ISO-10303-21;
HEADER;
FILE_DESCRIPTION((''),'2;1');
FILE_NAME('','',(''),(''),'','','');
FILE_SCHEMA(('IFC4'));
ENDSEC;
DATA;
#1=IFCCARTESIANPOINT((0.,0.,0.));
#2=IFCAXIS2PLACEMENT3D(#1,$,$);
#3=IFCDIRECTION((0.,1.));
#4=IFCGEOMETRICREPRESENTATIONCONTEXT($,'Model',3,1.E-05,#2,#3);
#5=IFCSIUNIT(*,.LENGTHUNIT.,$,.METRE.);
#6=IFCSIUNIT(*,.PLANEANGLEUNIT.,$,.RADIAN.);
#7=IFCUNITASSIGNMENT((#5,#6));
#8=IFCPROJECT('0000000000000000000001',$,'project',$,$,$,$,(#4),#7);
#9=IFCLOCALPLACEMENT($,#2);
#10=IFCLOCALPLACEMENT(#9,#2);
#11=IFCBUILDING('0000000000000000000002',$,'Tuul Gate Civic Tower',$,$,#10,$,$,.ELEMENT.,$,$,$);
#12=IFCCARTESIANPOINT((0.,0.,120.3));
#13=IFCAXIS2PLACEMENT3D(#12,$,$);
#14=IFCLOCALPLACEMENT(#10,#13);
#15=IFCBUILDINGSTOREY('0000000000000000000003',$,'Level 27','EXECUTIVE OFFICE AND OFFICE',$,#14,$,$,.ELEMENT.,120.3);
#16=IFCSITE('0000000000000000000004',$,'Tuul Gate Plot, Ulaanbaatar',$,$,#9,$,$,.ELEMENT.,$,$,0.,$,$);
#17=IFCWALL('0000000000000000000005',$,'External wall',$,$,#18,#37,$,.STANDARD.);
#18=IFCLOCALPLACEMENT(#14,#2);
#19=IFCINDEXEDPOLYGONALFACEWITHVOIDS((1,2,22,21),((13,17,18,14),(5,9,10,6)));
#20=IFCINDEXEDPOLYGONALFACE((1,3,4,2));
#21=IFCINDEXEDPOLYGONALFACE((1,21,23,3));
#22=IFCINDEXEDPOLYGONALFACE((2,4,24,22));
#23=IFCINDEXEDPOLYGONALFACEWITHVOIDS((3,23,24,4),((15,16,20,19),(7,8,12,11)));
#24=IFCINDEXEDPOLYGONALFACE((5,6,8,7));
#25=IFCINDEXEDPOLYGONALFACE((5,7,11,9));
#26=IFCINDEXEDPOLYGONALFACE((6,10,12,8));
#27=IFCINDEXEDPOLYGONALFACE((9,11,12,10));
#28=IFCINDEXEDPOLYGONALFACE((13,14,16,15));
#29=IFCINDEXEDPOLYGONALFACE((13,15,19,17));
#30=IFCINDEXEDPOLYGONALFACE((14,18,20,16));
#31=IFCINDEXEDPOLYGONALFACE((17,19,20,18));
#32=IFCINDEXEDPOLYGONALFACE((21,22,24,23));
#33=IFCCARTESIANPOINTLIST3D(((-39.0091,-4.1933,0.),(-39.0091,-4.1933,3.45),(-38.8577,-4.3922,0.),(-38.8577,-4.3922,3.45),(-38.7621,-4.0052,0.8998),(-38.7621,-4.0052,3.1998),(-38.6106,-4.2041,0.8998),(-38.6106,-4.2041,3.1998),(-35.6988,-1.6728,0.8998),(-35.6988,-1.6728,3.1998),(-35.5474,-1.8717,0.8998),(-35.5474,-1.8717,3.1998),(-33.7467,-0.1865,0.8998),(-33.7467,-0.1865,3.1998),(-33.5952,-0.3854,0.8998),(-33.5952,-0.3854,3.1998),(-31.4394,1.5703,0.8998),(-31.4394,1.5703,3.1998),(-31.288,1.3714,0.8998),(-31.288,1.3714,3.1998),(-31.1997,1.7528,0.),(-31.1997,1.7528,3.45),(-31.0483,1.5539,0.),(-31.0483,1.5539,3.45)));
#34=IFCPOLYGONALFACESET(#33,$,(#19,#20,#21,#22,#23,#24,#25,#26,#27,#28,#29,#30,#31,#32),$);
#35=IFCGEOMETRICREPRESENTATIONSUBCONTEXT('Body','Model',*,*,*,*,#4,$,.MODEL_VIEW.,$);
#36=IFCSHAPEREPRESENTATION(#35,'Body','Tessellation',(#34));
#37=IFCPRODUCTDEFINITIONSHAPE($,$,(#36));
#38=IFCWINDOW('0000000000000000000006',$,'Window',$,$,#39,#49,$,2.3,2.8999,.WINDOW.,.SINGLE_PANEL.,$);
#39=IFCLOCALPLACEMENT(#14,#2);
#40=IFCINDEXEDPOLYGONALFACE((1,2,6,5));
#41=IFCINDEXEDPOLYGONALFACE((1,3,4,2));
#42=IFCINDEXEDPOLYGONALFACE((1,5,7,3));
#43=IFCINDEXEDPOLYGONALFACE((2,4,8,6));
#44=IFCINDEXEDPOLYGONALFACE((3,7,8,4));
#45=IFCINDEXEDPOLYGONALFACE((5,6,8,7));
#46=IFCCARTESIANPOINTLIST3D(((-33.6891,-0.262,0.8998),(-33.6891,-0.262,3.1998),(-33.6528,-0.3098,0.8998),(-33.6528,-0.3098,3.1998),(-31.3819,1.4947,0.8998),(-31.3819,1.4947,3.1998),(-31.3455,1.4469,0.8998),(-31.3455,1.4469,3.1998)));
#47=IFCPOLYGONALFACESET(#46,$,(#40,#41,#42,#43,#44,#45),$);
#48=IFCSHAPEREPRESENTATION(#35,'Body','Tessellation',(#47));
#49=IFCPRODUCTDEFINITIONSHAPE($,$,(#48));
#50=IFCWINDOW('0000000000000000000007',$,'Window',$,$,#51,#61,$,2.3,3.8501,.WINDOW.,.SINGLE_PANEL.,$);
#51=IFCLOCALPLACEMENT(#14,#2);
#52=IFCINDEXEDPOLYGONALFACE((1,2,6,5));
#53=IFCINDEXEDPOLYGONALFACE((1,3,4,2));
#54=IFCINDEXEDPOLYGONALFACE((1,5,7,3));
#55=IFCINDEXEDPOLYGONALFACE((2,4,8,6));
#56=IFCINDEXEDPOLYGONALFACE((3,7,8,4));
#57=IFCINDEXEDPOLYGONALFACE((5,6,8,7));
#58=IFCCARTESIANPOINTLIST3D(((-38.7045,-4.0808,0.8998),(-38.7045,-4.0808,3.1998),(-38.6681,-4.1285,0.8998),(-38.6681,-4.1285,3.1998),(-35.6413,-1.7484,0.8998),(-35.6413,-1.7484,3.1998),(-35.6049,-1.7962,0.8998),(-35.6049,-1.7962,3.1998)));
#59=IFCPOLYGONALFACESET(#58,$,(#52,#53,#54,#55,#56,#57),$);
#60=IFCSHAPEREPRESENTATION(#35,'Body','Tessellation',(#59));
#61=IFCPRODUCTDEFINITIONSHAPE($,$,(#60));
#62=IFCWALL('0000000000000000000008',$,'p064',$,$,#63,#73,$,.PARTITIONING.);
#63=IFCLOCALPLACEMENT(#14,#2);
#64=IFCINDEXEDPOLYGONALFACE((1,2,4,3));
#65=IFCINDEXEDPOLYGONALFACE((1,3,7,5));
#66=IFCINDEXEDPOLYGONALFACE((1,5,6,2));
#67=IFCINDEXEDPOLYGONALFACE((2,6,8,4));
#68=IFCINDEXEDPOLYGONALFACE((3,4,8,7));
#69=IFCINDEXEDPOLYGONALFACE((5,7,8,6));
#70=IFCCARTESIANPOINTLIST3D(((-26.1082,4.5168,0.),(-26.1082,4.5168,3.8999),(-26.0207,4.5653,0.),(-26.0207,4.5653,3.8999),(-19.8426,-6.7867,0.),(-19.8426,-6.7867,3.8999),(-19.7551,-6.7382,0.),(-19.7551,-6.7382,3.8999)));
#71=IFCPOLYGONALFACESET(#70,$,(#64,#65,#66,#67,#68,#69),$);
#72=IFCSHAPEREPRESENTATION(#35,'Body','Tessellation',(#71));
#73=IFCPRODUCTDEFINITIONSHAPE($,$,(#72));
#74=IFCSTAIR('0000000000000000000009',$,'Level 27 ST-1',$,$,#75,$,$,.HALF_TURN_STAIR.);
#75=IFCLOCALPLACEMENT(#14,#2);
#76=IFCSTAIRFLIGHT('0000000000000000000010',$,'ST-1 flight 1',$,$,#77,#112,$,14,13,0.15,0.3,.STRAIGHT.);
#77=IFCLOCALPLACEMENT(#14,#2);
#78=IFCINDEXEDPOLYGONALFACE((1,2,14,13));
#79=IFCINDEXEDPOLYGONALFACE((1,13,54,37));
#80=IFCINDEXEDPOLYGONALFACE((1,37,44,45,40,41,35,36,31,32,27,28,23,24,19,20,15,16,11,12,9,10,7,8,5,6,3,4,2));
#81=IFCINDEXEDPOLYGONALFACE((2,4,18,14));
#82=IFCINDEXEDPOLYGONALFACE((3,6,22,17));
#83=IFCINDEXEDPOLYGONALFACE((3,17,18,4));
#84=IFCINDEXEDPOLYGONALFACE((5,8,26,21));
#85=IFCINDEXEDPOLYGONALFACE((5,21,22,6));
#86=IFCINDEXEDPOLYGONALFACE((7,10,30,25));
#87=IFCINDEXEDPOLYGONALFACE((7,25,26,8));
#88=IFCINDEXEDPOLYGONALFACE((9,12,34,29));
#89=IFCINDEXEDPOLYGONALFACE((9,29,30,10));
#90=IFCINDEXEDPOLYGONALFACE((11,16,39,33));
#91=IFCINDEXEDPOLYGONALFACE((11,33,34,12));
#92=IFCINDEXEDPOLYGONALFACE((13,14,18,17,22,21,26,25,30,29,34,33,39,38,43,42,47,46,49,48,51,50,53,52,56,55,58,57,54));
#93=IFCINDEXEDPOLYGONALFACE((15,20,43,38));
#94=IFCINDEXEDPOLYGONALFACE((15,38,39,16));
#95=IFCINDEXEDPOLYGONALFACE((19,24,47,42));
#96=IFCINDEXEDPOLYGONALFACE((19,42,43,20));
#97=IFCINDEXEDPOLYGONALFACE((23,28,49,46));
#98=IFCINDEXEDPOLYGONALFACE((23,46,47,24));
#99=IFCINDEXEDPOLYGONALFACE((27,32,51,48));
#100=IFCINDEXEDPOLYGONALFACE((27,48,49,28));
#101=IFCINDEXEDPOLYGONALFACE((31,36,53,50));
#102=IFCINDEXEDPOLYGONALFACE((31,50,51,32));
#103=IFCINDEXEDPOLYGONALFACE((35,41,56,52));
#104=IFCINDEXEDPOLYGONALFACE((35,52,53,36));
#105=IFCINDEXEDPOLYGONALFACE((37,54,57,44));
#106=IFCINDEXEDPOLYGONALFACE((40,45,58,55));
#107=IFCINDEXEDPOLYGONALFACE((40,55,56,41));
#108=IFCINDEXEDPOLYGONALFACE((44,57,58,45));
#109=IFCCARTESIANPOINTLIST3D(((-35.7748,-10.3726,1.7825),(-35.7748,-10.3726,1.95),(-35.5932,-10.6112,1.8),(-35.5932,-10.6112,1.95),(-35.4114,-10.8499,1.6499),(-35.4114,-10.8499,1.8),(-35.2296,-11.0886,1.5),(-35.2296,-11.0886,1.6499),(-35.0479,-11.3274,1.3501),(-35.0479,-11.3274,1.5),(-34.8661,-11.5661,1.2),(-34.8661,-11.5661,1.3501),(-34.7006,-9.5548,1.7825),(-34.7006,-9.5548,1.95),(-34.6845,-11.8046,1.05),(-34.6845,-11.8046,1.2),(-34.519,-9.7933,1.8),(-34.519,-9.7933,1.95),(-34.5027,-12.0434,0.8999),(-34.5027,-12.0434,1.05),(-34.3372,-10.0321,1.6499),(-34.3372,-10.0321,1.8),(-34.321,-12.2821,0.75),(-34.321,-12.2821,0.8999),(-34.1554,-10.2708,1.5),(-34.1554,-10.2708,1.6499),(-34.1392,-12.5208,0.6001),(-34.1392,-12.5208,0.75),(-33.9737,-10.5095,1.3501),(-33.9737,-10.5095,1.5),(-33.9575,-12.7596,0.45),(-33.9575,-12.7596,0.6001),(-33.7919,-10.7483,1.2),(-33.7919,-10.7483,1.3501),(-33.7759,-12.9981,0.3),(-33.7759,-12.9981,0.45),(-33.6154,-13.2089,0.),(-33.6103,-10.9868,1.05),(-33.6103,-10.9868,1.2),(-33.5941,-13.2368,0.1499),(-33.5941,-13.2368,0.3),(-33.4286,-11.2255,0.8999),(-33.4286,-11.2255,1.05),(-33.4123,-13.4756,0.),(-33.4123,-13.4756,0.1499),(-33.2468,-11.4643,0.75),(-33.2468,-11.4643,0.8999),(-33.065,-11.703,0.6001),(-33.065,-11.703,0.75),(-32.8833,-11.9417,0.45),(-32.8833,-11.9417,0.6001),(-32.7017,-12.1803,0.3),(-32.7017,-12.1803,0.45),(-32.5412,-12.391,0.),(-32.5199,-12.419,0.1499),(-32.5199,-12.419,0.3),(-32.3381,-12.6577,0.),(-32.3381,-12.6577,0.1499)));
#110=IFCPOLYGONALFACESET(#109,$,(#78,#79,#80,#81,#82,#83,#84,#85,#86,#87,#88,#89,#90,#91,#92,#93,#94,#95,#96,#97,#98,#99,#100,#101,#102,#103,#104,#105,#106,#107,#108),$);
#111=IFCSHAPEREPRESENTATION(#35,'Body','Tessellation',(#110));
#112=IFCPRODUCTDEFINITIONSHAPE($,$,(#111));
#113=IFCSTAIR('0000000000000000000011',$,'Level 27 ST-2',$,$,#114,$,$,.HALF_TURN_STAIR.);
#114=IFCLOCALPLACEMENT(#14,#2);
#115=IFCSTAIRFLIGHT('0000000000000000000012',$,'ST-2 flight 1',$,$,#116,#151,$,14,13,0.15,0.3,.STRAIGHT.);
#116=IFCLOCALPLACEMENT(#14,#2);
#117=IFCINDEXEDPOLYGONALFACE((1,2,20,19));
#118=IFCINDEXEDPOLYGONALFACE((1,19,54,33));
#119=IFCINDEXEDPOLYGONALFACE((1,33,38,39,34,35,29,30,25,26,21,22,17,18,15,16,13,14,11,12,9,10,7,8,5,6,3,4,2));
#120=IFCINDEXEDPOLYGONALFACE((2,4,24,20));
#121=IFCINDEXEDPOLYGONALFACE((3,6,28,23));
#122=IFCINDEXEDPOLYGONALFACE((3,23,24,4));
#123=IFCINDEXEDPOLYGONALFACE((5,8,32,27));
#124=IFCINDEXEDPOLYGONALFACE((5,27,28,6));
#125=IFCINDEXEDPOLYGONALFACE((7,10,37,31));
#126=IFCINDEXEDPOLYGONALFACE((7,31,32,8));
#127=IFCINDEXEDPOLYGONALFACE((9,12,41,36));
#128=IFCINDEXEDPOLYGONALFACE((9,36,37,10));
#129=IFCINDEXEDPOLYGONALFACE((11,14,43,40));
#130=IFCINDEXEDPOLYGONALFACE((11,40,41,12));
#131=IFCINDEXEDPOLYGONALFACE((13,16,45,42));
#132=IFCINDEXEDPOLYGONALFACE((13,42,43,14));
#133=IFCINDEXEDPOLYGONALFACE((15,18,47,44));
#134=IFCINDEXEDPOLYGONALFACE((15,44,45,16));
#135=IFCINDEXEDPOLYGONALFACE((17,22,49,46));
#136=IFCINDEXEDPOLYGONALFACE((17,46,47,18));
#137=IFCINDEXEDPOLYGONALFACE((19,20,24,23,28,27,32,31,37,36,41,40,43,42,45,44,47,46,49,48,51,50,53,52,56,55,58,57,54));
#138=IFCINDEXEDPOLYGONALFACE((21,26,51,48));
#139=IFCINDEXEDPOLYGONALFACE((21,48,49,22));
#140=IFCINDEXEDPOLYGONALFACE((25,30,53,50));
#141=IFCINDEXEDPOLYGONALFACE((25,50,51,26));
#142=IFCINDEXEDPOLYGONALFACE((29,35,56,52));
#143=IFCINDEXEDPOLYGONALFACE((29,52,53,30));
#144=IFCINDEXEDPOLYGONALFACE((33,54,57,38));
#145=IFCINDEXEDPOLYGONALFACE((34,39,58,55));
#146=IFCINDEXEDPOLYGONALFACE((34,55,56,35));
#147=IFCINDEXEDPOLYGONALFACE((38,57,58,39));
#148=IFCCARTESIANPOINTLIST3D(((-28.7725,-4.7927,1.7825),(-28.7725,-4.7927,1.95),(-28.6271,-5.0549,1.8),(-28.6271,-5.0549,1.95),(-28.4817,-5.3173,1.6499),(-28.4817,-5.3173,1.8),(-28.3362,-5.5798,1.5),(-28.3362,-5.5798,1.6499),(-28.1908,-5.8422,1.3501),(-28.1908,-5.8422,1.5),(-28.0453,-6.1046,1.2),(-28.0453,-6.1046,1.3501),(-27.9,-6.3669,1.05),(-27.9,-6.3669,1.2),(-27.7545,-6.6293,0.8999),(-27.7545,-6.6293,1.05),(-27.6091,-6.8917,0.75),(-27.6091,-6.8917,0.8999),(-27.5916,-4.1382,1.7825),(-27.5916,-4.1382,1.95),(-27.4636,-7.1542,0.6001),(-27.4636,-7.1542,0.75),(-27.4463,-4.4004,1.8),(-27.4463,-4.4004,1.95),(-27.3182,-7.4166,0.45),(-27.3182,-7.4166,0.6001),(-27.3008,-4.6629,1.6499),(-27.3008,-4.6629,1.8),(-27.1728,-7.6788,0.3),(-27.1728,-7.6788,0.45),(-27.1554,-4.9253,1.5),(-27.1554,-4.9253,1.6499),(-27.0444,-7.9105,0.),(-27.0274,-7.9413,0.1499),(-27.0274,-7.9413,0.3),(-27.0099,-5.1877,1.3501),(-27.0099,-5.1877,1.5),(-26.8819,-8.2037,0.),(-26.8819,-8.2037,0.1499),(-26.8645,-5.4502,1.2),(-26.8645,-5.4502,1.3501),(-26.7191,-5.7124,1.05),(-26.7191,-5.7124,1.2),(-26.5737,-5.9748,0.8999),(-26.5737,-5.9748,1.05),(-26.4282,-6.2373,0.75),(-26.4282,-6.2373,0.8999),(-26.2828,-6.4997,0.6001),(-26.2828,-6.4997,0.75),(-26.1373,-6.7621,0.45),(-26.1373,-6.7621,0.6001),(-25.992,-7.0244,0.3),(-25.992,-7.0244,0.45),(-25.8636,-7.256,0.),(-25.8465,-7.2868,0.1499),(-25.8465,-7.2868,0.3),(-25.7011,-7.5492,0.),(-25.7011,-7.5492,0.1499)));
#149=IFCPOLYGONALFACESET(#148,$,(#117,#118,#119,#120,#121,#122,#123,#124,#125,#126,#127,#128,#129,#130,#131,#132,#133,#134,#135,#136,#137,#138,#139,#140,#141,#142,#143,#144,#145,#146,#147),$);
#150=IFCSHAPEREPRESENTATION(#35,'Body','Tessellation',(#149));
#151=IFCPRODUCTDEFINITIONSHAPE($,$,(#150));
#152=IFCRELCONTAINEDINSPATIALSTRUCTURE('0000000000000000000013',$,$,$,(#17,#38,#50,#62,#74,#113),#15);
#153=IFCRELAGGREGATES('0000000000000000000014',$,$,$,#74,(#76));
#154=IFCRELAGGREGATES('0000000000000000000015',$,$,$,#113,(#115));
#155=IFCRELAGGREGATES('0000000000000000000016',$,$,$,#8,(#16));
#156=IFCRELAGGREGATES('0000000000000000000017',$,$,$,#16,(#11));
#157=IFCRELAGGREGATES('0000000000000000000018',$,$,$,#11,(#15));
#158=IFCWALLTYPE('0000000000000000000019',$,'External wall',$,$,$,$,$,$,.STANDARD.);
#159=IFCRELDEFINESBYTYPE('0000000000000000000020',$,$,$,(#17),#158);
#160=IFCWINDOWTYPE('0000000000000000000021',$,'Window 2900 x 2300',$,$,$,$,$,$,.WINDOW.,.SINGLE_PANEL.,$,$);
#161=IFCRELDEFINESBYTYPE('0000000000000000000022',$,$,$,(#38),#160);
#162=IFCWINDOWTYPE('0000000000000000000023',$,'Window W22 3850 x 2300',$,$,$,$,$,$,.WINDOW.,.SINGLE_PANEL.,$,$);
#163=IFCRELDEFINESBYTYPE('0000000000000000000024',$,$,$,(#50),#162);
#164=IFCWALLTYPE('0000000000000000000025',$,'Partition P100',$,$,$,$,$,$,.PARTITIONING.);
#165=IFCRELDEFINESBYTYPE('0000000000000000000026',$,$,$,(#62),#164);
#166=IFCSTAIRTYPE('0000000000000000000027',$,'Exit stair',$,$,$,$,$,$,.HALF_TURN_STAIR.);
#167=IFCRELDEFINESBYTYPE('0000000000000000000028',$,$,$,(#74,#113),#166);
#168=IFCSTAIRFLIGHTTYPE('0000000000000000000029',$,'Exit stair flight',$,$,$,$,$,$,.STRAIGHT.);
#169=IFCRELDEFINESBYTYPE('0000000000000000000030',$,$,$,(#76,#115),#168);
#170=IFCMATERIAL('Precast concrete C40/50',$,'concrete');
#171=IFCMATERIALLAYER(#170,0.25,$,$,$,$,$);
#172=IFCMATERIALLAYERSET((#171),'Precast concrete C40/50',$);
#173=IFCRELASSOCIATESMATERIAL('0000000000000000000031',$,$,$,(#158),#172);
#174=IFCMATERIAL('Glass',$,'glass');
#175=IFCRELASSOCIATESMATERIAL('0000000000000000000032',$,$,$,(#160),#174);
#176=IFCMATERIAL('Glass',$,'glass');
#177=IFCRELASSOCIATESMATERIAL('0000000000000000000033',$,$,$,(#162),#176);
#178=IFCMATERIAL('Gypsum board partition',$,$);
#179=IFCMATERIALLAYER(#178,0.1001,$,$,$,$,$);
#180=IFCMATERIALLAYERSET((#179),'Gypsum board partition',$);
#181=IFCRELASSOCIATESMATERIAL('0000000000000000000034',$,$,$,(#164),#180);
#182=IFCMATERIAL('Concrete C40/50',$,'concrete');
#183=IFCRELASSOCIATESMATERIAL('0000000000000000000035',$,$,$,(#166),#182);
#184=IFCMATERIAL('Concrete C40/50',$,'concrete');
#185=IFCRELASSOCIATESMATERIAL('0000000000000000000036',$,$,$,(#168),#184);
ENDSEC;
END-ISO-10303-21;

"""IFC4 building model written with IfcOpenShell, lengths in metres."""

from ifc_helpers import new_model, si_unit, direction, frame, frame_2d, origin, place, context, subcontext, project, spatial, polyline, rectangle, outline, extrude, material, layer, layer_set, type_object, element, fill, aggregate, save


model = new_model("IFC4")

# Units and contexts
model_context = context("Model", 3, precision=1e-05, world=origin(), true_north=direction((0.0, 1.0)))
body_context = subcontext(model_context, "Body", "Model", "MODEL_VIEW")
ifc_project = project(units=[si_unit("LENGTHUNIT", "METRE"), si_unit("PLANEANGLEUNIT", "RADIAN")], contexts=[model_context])

# Site, building, storey
site_placement = place(None, origin())
site = spatial("IfcSite", under=ifc_project, at=site_placement, Name="Tuul Gate Plot, Ulaanbaatar", CompositionType="ELEMENT", RefElevation=0.0)
building_placement = place(site_placement, origin())
building = spatial("IfcBuilding", under=site, at=building_placement, Name="Tuul Gate Civic Tower", CompositionType="ELEMENT")
storey_placement = place(building_placement, frame((0.0, 0.0, 120.3)))
storey = spatial("IfcBuildingStorey", under=building, at=storey_placement, Name="Level 27", Description="EXECUTIVE OFFICE AND OFFICE", CompositionType="ELEMENT", Elevation=120.3)

# Wall, openings, windows
ifc_material_1 = material(Name="Precast concrete C40/50", Category="concrete")
ifc_layer_1 = layer(ifc_material_1, 0.25)
ifc_layer_set_1 = layer_set([ifc_layer_1], Name="Precast concrete C40/50")
wall_type_1 = type_object("IfcWallType", Name="External wall", PredefinedType="STANDARD", material=ifc_layer_set_1)
wall_1_placement = place(storey_placement, frame((-31.124, 1.6533, 0.0), z_axis=(0.0, 0.0, 1.0), x_axis=(-0.795624, -0.605791, 0.0)))
wall_1 = element("IfcWall", 1, at=wall_1_placement, inside=storey, type_object=wall_type_1, Name="External wall", PredefinedType="STANDARD", context=body_context, shape_type="SweptSolid", body=[
    extrude(rectangle(XDim=9.8154, YDim=0.25, at=frame_2d((4.9077, 0.0))), origin(), (0.0, 0.0, 1.0), 3.45),
])
opening_1_placement = place(wall_1_placement, frame((5.6548, 0.0, 0.8999)))
opening_1 = element("IfcOpeningElement", 2, at=opening_1_placement, cuts=wall_1, PredefinedType="OPENING", context=body_context, shape_type="SweptSolid", body=[
    extrude(rectangle(XDim=3.8501, YDim=2.3, at=frame_2d((1.925, 1.1499))), frame((0.0, 0.135, 0.0), z_axis=(0.0, -1.0, 0.0), x_axis=(1.0, 0.0, 0.0)), (0.0, 0.0, 1.0), 0.27),
])
opening_2_placement = place(wall_1_placement, frame((0.3013, 0.0, 0.8999)))
opening_2 = element("IfcOpeningElement", 3, at=opening_2_placement, cuts=wall_1, PredefinedType="OPENING", context=body_context, shape_type="SweptSolid", body=[
    extrude(rectangle(XDim=2.8999, YDim=2.3, at=frame_2d((1.45, 1.1499))), frame((0.0, 0.135, 0.0), z_axis=(0.0, -1.0, 0.0), x_axis=(1.0, 0.0, 0.0)), (0.0, 0.0, 1.0), 0.27),
])
ifc_material_2 = material(Name="Glass", Category="glass")
window_type_1 = type_object("IfcWindowType", Name="Window 2900 x 2300", PartitioningType="SINGLE_PANEL", PredefinedType="WINDOW", material=ifc_material_2)
window_1_placement = place(opening_2_placement, origin())
window_1 = element("IfcWindow", 4, at=window_1_placement, inside=storey, type_object=window_type_1, Name="Window", OverallHeight=2.3, OverallWidth=2.8999, PartitioningType="SINGLE_PANEL", PredefinedType="WINDOW", context=body_context, shape_type="SweptSolid", body=[
    extrude(rectangle(XDim=2.8999, YDim=2.3, at=frame_2d((1.45, 1.1499))), frame((0.0, 0.03, 0.0), z_axis=(0.0, -1.0, 0.0), x_axis=(1.0, 0.0, 0.0)), (0.0, 0.0, 1.0), 0.0601),
])
fill(opening_2, window_1)
ifc_material_3 = material(Name="Glass", Category="glass")
window_type_2 = type_object("IfcWindowType", Name="Window W22 3850 x 2300", PartitioningType="SINGLE_PANEL", PredefinedType="WINDOW", material=ifc_material_3)
window_2_placement = place(opening_1_placement, origin())
window_2 = element("IfcWindow", 5, at=window_2_placement, inside=storey, type_object=window_type_2, Name="Window", OverallHeight=2.3, OverallWidth=3.8501, PartitioningType="SINGLE_PANEL", PredefinedType="WINDOW", context=body_context, shape_type="SweptSolid", body=[
    extrude(rectangle(XDim=3.8501, YDim=2.3, at=frame_2d((1.925, 1.1499))), frame((0.0, 0.03, 0.0), z_axis=(0.0, -1.0, 0.0), x_axis=(1.0, 0.0, 0.0)), (0.0, 0.0, 1.0), 0.0601),
])
fill(opening_1, window_2)

# Wall
ifc_material_4 = material(Name="Gypsum board partition")
ifc_layer_2 = layer(ifc_material_4, 0.1001)
ifc_layer_set_2 = layer_set([ifc_layer_2], Name="Gypsum board partition")
wall_type_2 = type_object("IfcWallType", Name="Partition P100", PredefinedType="PARTITIONING", material=ifc_layer_set_2)
wall_2_placement = place(storey_placement, frame((-26.0645, 4.541, 0.0), z_axis=(0.0, 0.0, 1.0), x_axis=(0.48481, -0.874619, 0.0)))
element("IfcWall", 6, at=wall_2_placement, inside=storey, type_object=wall_type_2, Name="p064", PredefinedType="PARTITIONING", context=body_context, shape_type="SweptSolid", body=[
    extrude(rectangle(XDim=12.9238, YDim=0.1001, at=frame_2d((6.4619, 0.0))), origin(), (0.0, 0.0, 1.0), 3.8999),
])

# Stair, stair flight
ifc_material_5 = material(Name="Concrete C40/50", Category="concrete")
stair_type = type_object("IfcStairType", Name="Exit stair", PredefinedType="HALF_TURN_STAIR", material=ifc_material_5)
stair_1_placement = place(storey_placement, origin())
stair_1 = element("IfcStair", 7, at=stair_1_placement, inside=storey, type_object=stair_type, Name="Level 27 ST-1", PredefinedType="HALF_TURN_STAIR")
ifc_material_6 = material(Name="Concrete C40/50", Category="concrete")
stair_flight_type = type_object("IfcStairFlightType", Name="Exit stair flight", PredefinedType="STRAIGHT", material=ifc_material_6)
stair_flight_1_placement = place(storey_placement, frame((-32.8752, -13.0667, 0.0), z_axis=(0.0, 0.0, 1.0), x_axis=(-0.605764, 0.795644, 0.0)))
stair_flight_1 = element("IfcStairFlight", 8, at=stair_flight_1_placement, type_object=stair_flight_type, Name="ST-1 flight 1", NumberOfRisers=14, NumberOfTreads=13, PredefinedType="STRAIGHT", RiserHeight=0.15, TreadLength=0.3, context=body_context, shape_type="SweptSolid", body=[
    extrude(outline(polyline([(0.0, 0.0), (0.0, 0.1499), (0.3, 0.1499), (0.3, 0.3), (0.6001, 0.3), (0.6001, 0.45), (0.8999, 0.45), (0.8999, 0.6001), (1.2, 0.6001), (1.2, 0.75), (1.5, 0.75), (1.5, 0.8999), (1.8, 0.8999), (1.8, 1.05), (2.1001, 1.05), (2.1001, 1.2), (2.3999, 1.2), (2.3999, 1.3501), (2.7, 1.3501), (2.7, 1.5), (3.0, 1.5), (3.0, 1.6499), (3.3, 1.6499), (3.3, 1.8), (3.6001, 1.8), (3.6001, 1.95), (3.8999, 1.95), (3.8999, 2.1001), (3.8999, 1.7825), (0.3352, 0.0), (0.0, 0.0)])), frame((0.0, 0.675, 0.0), z_axis=(0.0, -1.0, 0.0), x_axis=(1.0, 0.0, 0.0)), (0.0, 0.0, 1.0), 1.3501),
])
aggregate(stair_1, [stair_flight_1])

# Stair, stair flight
stair_2_placement = place(storey_placement, origin())
stair_2 = element("IfcStair", 9, at=stair_2_placement, inside=storey, type_object=stair_type, Name="Level 27 ST-2", PredefinedType="HALF_TURN_STAIR")
stair_flight_2_placement = place(storey_placement, frame((-26.2915, -7.8765, 0.0), z_axis=(0.0, 0.0, 1.0), x_axis=(-0.484762, 0.874646, 0.0)))
stair_flight_2 = element("IfcStairFlight", 10, at=stair_flight_2_placement, type_object=stair_flight_type, Name="ST-2 flight 1", NumberOfRisers=14, NumberOfTreads=13, PredefinedType="STRAIGHT", RiserHeight=0.15, TreadLength=0.3, context=body_context, shape_type="SweptSolid", body=[
    extrude(outline(polyline([(0.0, 0.0), (0.0, 0.1499), (0.3, 0.1499), (0.3, 0.3), (0.6001, 0.3), (0.6001, 0.45), (0.8999, 0.45), (0.8999, 0.6001), (1.2, 0.6001), (1.2, 0.75), (1.5, 0.75), (1.5, 0.8999), (1.8, 0.8999), (1.8, 1.05), (2.1001, 1.05), (2.1001, 1.2), (2.3999, 1.2), (2.3999, 1.3501), (2.7, 1.3501), (2.7, 1.5), (3.0, 1.5), (3.0, 1.6499), (3.3, 1.6499), (3.3, 1.8), (3.6001, 1.8), (3.6001, 1.95), (3.8999, 1.95), (3.8999, 2.1001), (3.8999, 1.7825), (0.3352, 0.0), (0.0, 0.0)])), frame((0.0, 0.675, 0.0), z_axis=(0.0, -1.0, 0.0), x_axis=(1.0, 0.0, 0.0)), (0.0, 0.0, 1.0), 1.3501),
])
aggregate(stair_2, [stair_flight_2])

save(model, "model.ifc")
